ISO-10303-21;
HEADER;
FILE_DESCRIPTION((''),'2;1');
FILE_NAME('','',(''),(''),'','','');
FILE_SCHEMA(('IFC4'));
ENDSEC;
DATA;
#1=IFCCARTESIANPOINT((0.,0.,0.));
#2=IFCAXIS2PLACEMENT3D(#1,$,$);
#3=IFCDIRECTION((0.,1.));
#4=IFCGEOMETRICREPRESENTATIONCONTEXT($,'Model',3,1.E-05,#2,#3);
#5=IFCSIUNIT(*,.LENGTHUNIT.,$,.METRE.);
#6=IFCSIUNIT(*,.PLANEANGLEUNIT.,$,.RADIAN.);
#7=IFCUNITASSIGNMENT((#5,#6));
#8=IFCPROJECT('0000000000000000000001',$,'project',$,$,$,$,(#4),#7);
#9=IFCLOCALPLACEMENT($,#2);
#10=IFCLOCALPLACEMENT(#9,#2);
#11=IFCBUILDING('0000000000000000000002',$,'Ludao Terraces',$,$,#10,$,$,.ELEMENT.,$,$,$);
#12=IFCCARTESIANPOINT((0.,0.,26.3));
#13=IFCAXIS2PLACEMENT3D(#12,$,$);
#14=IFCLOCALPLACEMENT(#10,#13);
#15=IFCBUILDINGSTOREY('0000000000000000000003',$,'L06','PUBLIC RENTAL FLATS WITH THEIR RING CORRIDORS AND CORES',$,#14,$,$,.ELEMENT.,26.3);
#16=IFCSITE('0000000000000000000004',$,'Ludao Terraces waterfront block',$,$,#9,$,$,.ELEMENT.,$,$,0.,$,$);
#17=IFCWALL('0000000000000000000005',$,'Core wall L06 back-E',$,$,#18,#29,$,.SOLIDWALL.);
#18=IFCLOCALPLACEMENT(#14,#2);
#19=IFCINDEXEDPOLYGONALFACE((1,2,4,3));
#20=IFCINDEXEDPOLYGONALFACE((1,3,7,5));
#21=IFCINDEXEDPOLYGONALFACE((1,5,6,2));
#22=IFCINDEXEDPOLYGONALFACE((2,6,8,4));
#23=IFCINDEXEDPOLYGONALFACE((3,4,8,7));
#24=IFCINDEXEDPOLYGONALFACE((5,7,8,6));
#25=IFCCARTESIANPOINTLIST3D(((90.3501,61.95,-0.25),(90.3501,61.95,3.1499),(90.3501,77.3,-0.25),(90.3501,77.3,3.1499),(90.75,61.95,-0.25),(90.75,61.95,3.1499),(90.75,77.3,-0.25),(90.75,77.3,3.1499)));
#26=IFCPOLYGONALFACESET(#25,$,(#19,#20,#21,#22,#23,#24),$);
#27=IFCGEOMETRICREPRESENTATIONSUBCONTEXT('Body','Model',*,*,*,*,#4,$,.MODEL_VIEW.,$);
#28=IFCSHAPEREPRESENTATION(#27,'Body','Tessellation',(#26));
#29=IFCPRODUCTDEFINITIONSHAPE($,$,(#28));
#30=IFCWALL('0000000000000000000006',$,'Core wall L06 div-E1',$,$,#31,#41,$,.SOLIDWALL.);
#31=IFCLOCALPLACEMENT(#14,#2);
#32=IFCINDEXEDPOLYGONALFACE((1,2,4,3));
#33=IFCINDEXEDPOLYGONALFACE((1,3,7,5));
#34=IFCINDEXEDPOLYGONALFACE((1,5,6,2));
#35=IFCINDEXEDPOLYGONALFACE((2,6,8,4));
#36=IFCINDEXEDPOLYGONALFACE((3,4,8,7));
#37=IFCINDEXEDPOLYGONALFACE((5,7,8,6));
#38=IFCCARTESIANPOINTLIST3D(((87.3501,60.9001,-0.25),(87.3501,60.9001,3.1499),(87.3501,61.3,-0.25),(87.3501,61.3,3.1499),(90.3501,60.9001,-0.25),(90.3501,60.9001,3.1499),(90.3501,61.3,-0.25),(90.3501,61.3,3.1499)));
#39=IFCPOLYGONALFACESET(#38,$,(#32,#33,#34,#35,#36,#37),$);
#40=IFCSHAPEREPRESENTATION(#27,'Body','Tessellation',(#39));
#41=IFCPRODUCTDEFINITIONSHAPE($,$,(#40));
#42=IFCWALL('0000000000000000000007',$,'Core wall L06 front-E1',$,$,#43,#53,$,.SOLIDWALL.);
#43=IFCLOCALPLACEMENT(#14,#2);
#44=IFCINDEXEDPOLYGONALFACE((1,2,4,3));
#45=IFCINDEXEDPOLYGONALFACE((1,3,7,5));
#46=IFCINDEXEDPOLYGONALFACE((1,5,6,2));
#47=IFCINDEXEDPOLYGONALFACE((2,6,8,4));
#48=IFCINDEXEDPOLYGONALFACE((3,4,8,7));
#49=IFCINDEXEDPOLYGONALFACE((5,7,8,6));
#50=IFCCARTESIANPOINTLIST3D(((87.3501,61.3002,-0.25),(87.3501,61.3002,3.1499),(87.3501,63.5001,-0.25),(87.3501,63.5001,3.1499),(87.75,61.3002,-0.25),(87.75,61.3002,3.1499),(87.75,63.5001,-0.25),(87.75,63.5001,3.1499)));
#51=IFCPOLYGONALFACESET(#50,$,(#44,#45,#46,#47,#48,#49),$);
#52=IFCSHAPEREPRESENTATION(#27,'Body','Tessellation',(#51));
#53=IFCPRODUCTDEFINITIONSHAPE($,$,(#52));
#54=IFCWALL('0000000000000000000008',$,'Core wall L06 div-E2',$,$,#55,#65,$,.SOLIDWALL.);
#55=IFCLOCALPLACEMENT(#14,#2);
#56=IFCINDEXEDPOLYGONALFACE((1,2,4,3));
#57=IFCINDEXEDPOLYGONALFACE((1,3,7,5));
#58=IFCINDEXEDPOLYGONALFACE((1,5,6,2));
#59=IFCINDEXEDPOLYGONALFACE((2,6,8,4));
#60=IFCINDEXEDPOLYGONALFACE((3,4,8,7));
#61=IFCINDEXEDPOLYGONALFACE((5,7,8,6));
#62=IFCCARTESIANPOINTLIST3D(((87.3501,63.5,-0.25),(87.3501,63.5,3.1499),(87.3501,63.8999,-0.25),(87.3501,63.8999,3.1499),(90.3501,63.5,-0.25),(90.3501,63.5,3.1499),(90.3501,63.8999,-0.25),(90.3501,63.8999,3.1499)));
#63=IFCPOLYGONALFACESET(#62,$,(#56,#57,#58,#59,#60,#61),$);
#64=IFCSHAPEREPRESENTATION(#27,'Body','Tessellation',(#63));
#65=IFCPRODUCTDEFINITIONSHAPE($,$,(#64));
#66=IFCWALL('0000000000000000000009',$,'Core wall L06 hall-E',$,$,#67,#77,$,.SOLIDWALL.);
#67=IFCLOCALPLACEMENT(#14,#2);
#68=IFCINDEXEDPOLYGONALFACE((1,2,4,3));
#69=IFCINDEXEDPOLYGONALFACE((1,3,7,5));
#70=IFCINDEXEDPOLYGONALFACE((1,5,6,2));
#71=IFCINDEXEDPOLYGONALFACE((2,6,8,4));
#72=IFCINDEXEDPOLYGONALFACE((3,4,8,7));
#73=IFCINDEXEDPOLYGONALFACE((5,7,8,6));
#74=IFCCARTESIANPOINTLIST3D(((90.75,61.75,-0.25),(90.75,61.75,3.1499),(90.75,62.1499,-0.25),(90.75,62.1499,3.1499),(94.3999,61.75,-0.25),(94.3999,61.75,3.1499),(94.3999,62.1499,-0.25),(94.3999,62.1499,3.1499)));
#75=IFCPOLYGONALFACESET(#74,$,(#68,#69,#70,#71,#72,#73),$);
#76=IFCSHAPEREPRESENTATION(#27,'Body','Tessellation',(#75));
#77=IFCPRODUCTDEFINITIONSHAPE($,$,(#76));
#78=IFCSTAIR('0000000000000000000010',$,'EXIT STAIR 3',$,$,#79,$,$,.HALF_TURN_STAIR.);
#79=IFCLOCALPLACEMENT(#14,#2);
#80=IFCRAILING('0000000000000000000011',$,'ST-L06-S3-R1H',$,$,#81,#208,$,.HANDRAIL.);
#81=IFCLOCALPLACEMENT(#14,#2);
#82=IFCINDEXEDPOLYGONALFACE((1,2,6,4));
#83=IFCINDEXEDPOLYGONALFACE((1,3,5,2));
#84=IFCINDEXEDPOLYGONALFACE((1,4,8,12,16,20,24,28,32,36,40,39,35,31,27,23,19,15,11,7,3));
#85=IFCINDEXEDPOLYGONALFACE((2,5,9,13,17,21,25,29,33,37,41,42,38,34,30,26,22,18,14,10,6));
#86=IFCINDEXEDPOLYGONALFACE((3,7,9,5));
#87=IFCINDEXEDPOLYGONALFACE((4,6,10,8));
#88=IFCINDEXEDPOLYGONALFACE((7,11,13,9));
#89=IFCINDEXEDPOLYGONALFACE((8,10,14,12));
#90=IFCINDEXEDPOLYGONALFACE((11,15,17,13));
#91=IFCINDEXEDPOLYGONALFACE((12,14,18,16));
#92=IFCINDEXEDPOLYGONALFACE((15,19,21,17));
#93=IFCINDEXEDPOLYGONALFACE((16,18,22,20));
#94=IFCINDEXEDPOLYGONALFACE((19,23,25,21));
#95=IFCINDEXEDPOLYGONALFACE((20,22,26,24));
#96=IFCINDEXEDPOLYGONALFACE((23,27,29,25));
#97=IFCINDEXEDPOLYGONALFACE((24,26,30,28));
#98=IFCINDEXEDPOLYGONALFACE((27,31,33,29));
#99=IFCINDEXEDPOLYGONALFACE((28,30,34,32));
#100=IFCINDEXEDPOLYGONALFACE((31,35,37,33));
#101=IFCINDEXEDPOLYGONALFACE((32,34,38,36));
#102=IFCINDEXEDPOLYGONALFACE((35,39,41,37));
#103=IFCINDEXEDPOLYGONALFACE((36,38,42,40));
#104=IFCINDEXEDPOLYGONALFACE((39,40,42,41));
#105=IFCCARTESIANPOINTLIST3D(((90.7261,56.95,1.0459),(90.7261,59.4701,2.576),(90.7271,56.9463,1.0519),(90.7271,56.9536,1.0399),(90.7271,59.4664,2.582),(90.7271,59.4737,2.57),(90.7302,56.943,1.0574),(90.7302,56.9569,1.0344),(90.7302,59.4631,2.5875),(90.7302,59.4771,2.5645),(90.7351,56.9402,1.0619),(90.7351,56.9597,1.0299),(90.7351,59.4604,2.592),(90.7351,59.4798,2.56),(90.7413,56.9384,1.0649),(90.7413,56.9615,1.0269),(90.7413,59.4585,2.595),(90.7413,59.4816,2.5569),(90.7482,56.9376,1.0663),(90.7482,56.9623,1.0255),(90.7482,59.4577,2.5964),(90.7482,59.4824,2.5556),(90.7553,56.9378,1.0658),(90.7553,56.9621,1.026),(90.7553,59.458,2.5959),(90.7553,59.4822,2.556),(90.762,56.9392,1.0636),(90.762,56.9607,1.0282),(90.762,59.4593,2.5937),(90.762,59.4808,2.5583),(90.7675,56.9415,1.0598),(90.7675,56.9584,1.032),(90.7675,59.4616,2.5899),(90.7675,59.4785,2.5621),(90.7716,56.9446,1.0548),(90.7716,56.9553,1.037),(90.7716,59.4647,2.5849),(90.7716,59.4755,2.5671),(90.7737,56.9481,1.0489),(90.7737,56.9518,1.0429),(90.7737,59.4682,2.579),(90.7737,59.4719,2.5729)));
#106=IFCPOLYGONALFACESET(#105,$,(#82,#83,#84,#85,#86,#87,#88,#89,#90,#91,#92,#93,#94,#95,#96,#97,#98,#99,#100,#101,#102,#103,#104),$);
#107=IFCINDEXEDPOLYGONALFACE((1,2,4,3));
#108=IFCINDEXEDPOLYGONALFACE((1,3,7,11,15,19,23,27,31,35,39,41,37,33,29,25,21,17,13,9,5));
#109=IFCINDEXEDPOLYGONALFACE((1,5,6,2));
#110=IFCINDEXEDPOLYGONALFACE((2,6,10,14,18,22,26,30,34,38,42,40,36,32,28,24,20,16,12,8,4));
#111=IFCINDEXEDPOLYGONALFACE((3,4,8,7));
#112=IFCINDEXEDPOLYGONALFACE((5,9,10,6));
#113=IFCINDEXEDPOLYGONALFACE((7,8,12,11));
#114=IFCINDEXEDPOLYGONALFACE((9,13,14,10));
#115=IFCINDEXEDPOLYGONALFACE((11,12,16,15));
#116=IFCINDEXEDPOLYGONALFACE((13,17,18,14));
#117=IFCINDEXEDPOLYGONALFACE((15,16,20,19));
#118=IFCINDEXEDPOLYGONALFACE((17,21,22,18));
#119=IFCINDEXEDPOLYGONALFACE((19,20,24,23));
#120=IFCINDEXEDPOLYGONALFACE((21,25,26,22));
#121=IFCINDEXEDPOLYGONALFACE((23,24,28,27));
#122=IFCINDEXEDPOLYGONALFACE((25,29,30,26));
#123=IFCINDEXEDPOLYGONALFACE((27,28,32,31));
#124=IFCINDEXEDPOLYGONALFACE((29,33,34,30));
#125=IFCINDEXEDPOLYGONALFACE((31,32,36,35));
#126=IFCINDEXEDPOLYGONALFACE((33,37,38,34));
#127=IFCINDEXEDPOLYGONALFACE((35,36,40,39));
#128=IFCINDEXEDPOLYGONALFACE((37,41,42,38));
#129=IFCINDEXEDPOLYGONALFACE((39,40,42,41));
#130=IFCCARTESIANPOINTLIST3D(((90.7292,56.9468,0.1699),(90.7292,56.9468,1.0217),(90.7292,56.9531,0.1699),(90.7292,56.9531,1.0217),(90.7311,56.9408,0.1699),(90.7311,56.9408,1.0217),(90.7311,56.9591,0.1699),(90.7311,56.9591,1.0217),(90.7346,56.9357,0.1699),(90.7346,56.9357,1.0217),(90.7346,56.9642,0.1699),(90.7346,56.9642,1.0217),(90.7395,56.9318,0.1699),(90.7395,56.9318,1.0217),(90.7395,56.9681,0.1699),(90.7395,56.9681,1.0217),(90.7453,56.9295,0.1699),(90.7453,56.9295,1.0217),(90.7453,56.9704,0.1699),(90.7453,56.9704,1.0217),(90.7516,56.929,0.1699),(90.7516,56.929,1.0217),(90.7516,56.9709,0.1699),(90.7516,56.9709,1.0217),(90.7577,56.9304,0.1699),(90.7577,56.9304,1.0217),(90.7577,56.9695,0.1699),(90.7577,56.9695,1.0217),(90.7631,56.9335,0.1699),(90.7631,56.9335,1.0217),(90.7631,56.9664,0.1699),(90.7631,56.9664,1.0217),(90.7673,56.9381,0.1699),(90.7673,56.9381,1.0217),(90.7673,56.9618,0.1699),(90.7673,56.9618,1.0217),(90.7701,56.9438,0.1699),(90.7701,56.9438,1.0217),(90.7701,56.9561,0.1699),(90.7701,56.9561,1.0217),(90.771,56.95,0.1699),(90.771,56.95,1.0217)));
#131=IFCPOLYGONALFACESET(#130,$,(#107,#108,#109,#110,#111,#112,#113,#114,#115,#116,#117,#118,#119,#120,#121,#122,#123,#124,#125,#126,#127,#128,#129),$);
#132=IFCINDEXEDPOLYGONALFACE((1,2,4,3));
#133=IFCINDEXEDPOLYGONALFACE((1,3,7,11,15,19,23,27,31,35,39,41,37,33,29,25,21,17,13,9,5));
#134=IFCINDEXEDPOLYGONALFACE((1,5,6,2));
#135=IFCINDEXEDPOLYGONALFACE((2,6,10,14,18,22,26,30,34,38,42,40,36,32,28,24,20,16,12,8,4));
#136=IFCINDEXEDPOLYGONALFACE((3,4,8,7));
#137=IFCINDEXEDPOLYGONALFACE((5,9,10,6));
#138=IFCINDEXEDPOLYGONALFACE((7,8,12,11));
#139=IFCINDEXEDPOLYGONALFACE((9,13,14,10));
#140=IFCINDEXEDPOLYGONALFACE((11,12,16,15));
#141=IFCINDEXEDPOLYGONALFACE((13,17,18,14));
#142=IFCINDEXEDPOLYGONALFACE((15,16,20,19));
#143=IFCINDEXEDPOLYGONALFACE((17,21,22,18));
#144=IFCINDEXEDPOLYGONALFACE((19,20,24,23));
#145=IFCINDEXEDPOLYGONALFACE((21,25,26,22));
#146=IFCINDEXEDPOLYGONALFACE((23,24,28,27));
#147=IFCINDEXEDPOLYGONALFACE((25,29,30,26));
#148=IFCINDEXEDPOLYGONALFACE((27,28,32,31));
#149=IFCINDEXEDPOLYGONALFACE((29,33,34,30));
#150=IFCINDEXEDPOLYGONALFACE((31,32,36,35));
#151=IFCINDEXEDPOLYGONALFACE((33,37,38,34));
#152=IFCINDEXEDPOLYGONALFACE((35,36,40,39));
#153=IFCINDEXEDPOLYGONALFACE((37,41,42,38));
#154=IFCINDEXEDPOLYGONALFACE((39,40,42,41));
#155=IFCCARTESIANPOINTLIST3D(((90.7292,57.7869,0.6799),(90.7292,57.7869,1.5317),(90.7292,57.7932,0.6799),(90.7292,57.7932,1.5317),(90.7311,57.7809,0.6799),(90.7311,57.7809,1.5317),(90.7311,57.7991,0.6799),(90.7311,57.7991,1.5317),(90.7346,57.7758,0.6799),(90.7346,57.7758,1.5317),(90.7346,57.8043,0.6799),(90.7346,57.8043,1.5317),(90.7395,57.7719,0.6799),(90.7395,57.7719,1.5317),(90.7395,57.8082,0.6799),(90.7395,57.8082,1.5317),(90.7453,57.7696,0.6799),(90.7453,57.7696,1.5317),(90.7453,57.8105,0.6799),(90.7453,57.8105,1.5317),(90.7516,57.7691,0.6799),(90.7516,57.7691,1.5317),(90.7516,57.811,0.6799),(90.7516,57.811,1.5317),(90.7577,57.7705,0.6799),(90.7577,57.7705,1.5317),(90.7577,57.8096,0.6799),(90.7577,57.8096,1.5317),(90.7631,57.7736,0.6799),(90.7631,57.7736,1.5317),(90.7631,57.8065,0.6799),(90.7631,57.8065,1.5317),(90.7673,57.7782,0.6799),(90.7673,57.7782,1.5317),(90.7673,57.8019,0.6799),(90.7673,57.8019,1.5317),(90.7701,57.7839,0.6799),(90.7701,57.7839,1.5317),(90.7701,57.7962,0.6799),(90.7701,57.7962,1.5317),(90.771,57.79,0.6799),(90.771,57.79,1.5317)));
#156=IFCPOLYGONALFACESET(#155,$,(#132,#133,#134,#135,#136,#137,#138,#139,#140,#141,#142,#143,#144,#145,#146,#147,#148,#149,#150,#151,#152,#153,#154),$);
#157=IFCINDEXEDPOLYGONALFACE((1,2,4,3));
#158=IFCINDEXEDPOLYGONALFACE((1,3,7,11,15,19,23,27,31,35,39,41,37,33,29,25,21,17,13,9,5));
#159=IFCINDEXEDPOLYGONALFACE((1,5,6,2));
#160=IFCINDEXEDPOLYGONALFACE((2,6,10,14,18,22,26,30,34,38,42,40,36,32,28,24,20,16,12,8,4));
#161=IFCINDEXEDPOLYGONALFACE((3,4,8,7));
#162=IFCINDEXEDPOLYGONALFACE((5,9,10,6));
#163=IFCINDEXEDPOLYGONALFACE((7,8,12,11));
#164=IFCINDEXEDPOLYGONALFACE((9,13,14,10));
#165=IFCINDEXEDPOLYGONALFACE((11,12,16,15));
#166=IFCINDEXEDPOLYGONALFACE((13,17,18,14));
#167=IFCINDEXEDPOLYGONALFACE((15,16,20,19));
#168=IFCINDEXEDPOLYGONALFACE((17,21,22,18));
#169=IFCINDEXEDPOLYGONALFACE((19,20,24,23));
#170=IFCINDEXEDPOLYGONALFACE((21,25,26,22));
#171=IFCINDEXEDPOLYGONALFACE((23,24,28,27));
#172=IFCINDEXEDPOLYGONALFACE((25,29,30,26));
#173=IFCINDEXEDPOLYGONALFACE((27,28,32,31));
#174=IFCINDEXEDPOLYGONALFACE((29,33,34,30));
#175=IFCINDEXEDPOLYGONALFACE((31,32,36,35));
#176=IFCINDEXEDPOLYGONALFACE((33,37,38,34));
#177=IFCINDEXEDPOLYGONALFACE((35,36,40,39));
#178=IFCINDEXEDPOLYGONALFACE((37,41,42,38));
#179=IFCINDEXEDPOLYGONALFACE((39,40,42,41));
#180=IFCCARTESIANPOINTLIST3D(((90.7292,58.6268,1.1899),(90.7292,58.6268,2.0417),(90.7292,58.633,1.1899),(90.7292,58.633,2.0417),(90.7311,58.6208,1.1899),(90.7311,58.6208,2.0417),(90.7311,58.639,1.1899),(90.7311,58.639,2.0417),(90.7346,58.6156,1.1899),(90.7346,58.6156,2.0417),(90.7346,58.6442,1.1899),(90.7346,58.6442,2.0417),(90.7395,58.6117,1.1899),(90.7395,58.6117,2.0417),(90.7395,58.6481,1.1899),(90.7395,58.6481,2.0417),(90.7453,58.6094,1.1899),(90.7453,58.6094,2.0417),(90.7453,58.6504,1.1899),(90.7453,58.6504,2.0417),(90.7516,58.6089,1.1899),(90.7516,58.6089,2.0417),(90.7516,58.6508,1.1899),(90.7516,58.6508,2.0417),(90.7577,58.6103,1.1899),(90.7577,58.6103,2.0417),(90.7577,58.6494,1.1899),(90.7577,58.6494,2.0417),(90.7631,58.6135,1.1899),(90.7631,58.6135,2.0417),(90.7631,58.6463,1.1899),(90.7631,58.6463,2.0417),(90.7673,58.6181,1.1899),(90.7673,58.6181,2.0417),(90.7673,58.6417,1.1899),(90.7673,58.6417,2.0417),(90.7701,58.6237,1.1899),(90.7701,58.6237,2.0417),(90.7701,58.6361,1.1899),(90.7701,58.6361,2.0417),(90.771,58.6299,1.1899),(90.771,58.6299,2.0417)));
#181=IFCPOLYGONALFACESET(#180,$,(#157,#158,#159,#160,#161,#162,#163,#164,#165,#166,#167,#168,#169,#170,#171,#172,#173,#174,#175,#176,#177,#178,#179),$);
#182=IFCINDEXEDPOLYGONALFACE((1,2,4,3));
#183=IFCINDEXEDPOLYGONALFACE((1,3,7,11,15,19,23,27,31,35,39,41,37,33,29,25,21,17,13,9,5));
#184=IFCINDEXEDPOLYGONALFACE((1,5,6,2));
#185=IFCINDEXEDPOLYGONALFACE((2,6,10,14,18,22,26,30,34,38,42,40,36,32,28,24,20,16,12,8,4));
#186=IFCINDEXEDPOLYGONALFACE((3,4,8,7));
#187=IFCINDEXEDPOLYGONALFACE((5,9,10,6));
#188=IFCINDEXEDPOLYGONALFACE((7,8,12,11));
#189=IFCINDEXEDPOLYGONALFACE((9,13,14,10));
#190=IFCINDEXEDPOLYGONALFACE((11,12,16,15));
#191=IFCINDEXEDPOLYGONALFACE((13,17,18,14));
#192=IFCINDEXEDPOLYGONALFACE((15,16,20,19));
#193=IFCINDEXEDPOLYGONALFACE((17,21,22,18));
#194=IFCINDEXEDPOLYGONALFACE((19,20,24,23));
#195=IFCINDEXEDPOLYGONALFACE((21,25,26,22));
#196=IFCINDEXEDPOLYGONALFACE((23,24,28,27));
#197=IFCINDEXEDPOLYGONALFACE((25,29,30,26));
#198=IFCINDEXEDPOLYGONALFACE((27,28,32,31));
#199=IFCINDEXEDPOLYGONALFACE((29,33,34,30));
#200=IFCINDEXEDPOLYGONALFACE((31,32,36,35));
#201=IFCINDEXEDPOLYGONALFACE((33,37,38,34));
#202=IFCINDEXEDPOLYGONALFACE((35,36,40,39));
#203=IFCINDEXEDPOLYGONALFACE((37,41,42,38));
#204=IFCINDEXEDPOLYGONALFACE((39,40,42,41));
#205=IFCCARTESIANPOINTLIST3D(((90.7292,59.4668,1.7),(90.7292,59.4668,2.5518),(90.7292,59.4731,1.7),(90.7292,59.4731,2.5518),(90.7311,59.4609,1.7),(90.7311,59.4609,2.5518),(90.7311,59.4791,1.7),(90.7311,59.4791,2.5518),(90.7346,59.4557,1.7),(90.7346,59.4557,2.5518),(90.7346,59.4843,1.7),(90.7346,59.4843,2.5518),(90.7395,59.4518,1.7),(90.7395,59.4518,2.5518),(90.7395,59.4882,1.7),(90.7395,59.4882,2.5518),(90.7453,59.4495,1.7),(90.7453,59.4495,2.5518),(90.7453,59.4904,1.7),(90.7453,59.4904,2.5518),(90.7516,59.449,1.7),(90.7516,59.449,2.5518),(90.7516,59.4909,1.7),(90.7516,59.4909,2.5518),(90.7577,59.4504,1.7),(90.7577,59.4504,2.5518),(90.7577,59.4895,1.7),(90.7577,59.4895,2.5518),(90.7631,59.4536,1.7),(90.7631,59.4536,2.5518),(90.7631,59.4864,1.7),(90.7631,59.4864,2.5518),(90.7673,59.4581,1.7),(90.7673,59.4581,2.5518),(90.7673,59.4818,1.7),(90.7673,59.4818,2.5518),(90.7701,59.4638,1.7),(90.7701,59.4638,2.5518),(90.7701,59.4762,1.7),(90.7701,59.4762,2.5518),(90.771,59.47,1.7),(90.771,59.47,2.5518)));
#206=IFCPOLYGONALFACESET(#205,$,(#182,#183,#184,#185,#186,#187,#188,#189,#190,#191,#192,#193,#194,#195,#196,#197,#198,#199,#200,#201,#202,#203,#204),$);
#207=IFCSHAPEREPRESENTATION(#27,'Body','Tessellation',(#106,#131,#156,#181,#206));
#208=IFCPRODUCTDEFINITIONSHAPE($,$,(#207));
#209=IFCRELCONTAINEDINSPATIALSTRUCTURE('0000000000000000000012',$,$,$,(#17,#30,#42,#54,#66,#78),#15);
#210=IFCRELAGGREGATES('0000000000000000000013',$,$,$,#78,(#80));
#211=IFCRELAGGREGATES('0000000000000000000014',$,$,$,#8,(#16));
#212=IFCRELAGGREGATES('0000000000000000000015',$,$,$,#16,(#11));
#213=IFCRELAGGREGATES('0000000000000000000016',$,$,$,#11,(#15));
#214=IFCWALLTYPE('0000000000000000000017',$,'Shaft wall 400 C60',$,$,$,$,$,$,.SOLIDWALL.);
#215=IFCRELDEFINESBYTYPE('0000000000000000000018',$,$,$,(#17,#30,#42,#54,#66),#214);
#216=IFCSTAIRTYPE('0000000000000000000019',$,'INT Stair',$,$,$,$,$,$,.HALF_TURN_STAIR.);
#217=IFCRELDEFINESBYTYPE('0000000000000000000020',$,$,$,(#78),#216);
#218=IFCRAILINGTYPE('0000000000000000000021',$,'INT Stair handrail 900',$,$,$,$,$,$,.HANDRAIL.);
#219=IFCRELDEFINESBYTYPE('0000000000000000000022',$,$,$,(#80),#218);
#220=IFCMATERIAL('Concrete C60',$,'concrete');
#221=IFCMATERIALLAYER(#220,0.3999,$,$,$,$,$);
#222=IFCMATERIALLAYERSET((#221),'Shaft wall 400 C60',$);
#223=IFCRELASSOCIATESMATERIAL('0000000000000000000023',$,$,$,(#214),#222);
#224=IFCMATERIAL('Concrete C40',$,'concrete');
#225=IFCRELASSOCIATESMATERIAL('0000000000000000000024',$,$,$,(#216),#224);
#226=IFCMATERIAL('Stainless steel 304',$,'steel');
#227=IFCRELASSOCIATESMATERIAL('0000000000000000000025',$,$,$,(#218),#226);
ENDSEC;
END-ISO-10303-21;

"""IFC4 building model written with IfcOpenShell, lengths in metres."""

from ifc_helpers import new_model, si_unit, direction, frame, frame_2d, origin, origin_2d, place, context, subcontext, project, spatial, rectangle, circle, extrude, material, layer, layer_set, type_object, element, aggregate, save


model = new_model("IFC4")

# Units and contexts
model_context = context("Model", 3, precision=1e-05, world=origin(), true_north=direction((0.0, 1.0)))
body_context = subcontext(model_context, "Body", "Model", "MODEL_VIEW")
ifc_project = project(units=[si_unit("LENGTHUNIT", "METRE"), si_unit("PLANEANGLEUNIT", "RADIAN")], contexts=[model_context])

# Site, building, storey
site_placement = place(None, origin())
site = spatial("IfcSite", under=ifc_project, at=site_placement, Name="Ludao Terraces waterfront block", CompositionType="ELEMENT", RefElevation=0.0)
building_placement = place(site_placement, origin())
building = spatial("IfcBuilding", under=site, at=building_placement, Name="Ludao Terraces", CompositionType="ELEMENT")
storey_placement = place(building_placement, frame((0.0, 0.0, 26.3)))
storey = spatial("IfcBuildingStorey", under=building, at=storey_placement, Name="L06", Description="PUBLIC RENTAL FLATS WITH THEIR RING CORRIDORS AND CORES", CompositionType="ELEMENT", Elevation=26.3)

# Walls
ifc_material_1 = material(Name="Concrete C60", Category="concrete")
ifc_layer_1 = layer(ifc_material_1, 0.3999)
ifc_layer_set_1 = layer_set([ifc_layer_1], Name="Shaft wall 400 C60")
wall_type_1 = type_object("IfcWallType", Name="Shaft wall 400 C60", PredefinedType="SOLIDWALL", material=ifc_layer_set_1)
wall_1_placement = place(storey_placement, frame((90.55, 61.95, -0.25), z_axis=(0.0, 0.0, 1.0), x_axis=(0.0, 1.0, 0.0)))
element("IfcWall", 1, at=wall_1_placement, inside=storey, type_object=wall_type_1, Name="Core wall L06 back-E", PredefinedType="SOLIDWALL", context=body_context, shape_type="SweptSolid", body=[
    extrude(rectangle(XDim=15.3501, YDim=0.3999, at=frame_2d((7.675, 0.0))), origin(), (0.0, 0.0, 1.0), 3.3999),
])
wall_2_placement = place(storey_placement, frame((87.3501, 61.1001, -0.25), z_axis=(0.0, 0.0, 1.0), x_axis=(1.0, 0.0, 0.0)))
element("IfcWall", 2, at=wall_2_placement, inside=storey, type_object=wall_type_1, Name="Core wall L06 div-E1", PredefinedType="SOLIDWALL", context=body_context, shape_type="SweptSolid", body=[
    extrude(rectangle(XDim=3.0, YDim=0.3999, at=frame_2d((1.5, 0.0))), origin(), (0.0, 0.0, 1.0), 3.3999),
])
wall_3_placement = place(storey_placement, frame((87.55, 61.3, -0.25), z_axis=(0.0, 0.0, 1.0), x_axis=(0.0, 1.0, 0.0)))
element("IfcWall", 3, at=wall_3_placement, inside=storey, type_object=wall_type_1, Name="Core wall L06 front-E1", PredefinedType="SOLIDWALL", context=body_context, shape_type="SweptSolid", body=[
    extrude(rectangle(XDim=2.2, YDim=0.3999, at=frame_2d((1.1001, 0.0))), origin(), (0.0, 0.0, 1.0), 3.3999),
])
wall_4_placement = place(storey_placement, frame((87.3501, 63.7, -0.25), z_axis=(0.0, 0.0, 1.0), x_axis=(1.0, 0.0, 0.0)))
element("IfcWall", 4, at=wall_4_placement, inside=storey, type_object=wall_type_1, Name="Core wall L06 div-E2", PredefinedType="SOLIDWALL", context=body_context, shape_type="SweptSolid", body=[
    extrude(rectangle(XDim=3.0, YDim=0.3999, at=frame_2d((1.5, 0.0))), origin(), (0.0, 0.0, 1.0), 3.3999),
])
wall_5_placement = place(storey_placement, frame((90.75, 61.95, -0.25), z_axis=(0.0, 0.0, 1.0), x_axis=(1.0, 0.0, 0.0)))
element("IfcWall", 5, at=wall_5_placement, inside=storey, type_object=wall_type_1, Name="Core wall L06 hall-E", PredefinedType="SOLIDWALL", context=body_context, shape_type="SweptSolid", body=[
    extrude(rectangle(XDim=3.6499, YDim=0.3999, at=frame_2d((1.825, 0.0))), origin(), (0.0, 0.0, 1.0), 3.3999),
])

# Stair, railing
ifc_material_2 = material(Name="Concrete C40", Category="concrete")
stair_type = type_object("IfcStairType", Name="INT Stair", PredefinedType="HALF_TURN_STAIR", material=ifc_material_2)
stair_placement = place(storey_placement, origin())
stair = element("IfcStair", 6, at=stair_placement, inside=storey, type_object=stair_type, Name="EXIT STAIR 3", PredefinedType="HALF_TURN_STAIR")
ifc_material_3 = material(Name="Stainless steel 304", Category="steel")
railing_type = type_object("IfcRailingType", Name="INT Stair handrail 900", PredefinedType="HANDRAIL", material=ifc_material_3)
railing_placement = place(storey_placement, frame((90.75, 56.95, 0.1699)))
railing = element("IfcRailing", 7, at=railing_placement, type_object=railing_type, Name="ST-L06-S3-R1H", PredefinedType="HANDRAIL", context=body_context, shape_type="SweptSolid", body=[
    extrude(circle(Radius=0.0239, at=origin_2d()), frame((0.0, 0.0, 0.876), z_axis=(0.0, 0.854785, 0.518982), x_axis=(-1.0, 0.0, 0.0)), (0.0, 0.0, 1.0), 2.9482),
    extrude(circle(Radius=0.021, at=origin_2d()), origin(), (0.0, 0.0, 1.0), 0.8518),
    extrude(circle(Radius=0.021, at=origin_2d()), frame((0.0, 0.8401, 0.51)), (0.0, 0.0, 1.0), 0.8518),
    extrude(circle(Radius=0.021, at=origin_2d()), frame((0.0, 1.6799, 1.02)), (0.0, 0.0, 1.0), 0.8518),
    extrude(circle(Radius=0.021, at=origin_2d()), frame((0.0, 2.52, 1.53)), (0.0, 0.0, 1.0), 0.8518),
])
aggregate(stair, [railing])

save(model, "model.ifc")
